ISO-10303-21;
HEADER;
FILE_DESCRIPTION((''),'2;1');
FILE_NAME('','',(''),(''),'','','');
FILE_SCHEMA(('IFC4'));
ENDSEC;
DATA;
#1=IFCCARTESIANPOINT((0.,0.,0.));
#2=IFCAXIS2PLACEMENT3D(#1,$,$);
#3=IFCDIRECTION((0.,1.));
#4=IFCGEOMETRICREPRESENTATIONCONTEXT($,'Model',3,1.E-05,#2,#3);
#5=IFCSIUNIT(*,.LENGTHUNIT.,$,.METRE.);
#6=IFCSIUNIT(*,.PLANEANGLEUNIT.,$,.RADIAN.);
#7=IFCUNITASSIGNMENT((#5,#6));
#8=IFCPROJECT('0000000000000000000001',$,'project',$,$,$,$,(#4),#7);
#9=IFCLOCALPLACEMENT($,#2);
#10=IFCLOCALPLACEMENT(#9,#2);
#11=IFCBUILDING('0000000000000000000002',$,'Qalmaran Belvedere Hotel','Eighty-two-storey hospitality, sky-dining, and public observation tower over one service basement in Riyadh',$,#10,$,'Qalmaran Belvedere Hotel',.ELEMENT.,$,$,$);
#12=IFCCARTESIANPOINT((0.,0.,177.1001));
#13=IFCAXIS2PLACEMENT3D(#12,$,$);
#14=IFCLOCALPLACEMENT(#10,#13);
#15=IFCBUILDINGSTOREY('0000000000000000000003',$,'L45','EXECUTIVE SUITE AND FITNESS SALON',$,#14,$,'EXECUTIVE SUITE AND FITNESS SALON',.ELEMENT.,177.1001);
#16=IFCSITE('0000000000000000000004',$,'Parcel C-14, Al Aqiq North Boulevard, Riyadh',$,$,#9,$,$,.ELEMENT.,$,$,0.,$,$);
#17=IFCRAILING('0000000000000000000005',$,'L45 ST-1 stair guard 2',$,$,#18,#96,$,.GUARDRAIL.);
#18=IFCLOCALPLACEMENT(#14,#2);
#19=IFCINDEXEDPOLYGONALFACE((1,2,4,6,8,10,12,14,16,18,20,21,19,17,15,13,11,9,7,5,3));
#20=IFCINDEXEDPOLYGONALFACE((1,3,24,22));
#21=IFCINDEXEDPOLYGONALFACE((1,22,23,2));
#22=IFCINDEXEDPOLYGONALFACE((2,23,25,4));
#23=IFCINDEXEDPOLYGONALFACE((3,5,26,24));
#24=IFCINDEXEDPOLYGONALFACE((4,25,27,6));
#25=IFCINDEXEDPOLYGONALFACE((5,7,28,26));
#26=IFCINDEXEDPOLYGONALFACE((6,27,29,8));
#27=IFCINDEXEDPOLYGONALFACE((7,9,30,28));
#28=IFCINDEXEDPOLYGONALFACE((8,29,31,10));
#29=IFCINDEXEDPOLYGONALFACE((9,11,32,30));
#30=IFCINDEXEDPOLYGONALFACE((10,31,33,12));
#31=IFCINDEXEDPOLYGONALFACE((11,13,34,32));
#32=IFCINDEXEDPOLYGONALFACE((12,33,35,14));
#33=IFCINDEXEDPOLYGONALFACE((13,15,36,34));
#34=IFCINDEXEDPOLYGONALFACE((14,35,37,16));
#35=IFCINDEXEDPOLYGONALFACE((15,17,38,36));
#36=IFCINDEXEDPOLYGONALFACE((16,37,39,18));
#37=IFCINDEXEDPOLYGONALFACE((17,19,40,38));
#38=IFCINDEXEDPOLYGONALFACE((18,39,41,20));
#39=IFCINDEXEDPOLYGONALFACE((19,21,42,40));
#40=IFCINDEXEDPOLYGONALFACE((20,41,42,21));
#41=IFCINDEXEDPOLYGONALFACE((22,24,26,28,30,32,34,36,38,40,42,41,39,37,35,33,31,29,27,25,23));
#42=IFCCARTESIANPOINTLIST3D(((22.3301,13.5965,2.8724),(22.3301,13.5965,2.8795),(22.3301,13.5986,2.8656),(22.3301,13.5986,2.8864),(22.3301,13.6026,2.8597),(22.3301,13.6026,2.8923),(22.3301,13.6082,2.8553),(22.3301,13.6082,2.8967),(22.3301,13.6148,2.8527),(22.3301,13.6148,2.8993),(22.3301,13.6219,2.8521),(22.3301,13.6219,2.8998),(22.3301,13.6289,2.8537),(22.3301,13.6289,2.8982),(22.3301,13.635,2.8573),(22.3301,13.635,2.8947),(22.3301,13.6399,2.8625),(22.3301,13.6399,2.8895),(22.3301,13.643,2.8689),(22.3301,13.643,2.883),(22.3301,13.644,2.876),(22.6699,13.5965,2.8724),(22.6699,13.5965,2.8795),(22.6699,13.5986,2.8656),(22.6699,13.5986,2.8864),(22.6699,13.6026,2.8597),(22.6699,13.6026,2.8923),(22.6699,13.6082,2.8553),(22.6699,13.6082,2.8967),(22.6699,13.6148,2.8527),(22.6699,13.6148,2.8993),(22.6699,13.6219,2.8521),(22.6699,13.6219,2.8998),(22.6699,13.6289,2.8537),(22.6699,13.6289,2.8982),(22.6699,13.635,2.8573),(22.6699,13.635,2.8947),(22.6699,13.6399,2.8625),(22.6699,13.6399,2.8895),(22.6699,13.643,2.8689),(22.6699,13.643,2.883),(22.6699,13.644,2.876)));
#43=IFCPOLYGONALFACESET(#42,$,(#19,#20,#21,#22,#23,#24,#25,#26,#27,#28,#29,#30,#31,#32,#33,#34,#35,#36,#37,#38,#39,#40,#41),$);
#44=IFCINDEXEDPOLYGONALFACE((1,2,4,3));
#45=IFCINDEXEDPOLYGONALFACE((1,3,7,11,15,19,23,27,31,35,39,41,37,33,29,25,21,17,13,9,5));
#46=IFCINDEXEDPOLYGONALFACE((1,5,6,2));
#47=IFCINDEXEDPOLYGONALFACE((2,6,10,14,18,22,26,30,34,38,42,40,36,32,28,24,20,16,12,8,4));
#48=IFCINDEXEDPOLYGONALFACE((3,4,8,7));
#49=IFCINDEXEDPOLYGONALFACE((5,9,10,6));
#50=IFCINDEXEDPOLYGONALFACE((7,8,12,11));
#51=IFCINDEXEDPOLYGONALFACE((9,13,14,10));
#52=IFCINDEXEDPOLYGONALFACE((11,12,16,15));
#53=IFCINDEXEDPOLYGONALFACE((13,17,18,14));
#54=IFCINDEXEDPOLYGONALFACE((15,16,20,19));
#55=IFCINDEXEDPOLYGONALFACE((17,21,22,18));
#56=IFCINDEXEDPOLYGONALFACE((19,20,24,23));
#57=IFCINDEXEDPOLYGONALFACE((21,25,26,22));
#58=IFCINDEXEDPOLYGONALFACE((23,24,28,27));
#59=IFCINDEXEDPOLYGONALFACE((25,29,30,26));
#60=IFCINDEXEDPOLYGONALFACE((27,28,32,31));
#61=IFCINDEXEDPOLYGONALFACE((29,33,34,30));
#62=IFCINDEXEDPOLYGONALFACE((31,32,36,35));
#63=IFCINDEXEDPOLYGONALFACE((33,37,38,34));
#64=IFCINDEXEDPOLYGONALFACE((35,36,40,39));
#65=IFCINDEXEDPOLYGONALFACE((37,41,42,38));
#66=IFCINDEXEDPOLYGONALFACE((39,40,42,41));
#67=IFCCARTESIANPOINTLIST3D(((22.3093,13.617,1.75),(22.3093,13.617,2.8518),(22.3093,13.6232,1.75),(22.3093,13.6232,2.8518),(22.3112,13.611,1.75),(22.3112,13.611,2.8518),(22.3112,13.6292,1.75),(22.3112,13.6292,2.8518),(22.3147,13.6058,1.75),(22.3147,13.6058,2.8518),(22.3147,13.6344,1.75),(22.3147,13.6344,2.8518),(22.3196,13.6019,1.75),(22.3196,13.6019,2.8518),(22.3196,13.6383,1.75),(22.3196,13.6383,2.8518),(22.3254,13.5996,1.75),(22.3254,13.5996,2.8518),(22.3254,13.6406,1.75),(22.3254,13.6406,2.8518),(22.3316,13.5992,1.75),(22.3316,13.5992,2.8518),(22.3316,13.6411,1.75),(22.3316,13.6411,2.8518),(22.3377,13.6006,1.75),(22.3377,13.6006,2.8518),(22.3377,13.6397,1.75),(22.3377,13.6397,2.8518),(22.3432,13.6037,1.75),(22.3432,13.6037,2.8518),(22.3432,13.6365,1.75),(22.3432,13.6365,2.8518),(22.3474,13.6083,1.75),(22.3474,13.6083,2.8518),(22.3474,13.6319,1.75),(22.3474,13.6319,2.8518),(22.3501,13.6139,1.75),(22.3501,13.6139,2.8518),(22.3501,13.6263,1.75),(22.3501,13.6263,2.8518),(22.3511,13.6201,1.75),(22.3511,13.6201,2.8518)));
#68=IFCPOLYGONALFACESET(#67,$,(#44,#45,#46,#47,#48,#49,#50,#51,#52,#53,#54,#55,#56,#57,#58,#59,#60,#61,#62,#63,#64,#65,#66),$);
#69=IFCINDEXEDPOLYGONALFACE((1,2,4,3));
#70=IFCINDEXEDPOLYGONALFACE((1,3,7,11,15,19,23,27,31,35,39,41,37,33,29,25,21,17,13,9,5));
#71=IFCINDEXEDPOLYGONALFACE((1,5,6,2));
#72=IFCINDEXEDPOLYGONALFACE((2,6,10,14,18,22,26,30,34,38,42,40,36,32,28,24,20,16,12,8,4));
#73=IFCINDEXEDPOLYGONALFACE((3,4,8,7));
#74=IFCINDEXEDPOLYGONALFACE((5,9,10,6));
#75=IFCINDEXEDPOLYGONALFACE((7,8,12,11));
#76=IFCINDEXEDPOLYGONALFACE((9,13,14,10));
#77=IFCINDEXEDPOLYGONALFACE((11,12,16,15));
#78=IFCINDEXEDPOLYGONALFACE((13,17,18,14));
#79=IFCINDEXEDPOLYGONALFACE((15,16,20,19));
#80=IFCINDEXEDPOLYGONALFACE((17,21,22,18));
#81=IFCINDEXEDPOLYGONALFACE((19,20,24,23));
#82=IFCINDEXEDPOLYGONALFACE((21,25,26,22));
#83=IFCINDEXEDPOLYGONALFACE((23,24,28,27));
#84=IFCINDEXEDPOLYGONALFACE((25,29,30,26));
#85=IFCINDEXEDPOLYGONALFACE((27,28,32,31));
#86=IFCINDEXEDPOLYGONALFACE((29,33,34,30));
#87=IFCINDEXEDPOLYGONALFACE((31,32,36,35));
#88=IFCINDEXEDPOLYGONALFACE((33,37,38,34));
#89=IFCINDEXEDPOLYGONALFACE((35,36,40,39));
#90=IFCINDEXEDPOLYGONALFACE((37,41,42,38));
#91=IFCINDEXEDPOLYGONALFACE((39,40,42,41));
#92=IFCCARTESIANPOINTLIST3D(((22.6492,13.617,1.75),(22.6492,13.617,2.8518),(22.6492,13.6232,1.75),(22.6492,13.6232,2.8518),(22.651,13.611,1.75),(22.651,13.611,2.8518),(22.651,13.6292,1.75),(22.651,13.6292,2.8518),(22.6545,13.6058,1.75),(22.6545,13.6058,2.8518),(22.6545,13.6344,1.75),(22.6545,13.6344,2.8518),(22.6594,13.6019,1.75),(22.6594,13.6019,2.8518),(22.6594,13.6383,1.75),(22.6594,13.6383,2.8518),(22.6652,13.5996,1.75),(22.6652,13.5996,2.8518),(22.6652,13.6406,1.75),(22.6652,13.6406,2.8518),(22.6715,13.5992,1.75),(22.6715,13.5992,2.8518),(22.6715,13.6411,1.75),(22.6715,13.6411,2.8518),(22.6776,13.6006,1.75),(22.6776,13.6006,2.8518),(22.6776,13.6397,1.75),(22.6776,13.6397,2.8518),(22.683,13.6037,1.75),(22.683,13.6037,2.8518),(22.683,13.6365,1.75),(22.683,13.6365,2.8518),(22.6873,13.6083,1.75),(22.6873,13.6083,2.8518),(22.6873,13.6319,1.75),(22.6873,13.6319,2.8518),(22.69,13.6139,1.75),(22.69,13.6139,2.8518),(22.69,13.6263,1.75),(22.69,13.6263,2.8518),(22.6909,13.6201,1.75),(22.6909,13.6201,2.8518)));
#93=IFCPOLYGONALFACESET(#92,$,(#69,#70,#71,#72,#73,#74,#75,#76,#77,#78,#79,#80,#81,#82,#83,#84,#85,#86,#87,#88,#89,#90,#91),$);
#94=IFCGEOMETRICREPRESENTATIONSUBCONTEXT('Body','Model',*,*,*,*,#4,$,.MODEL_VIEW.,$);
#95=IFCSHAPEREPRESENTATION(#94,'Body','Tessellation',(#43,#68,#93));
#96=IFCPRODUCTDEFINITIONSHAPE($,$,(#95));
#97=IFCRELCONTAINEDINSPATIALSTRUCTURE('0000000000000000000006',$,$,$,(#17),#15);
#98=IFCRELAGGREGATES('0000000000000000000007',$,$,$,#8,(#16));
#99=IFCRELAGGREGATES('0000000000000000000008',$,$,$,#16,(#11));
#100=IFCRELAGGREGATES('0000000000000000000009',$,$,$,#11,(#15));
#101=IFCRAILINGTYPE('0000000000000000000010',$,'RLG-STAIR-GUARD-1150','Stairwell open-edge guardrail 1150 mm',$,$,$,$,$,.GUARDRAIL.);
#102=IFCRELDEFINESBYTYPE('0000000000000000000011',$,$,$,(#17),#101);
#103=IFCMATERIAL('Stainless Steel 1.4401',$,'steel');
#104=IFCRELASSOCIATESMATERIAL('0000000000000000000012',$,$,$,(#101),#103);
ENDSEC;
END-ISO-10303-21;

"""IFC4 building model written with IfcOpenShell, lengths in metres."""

from ifc_helpers import new_model, si_unit, direction, frame, origin, origin_2d, place, context, subcontext, project, spatial, circle, extrude, material, type_object, element, save


model = new_model("IFC4")

# Units and contexts
model_context = context("Model", 3, precision=1e-05, world=origin(), true_north=direction((0.0, 1.0)))
body_context = subcontext(model_context, "Body", "Model", "MODEL_VIEW")
ifc_project = project(units=[si_unit("LENGTHUNIT", "METRE"), si_unit("PLANEANGLEUNIT", "RADIAN")], contexts=[model_context])

# Site, building, storey
site_placement = place(None, origin())
site = spatial("IfcSite", under=ifc_project, at=site_placement, Name="Parcel C-14, Al Aqiq North Boulevard, Riyadh", CompositionType="ELEMENT", RefElevation=0.0)
building_placement = place(site_placement, origin())
building = spatial("IfcBuilding", under=site, at=building_placement, Name="Qalmaran Belvedere Hotel", Description="Eighty-two-storey hospitality, sky-dining, and public observation tower over one service basement in Riyadh", LongName="Qalmaran Belvedere Hotel", CompositionType="ELEMENT")
storey_placement = place(building_placement, frame((0.0, 0.0, 177.1001)))
storey = spatial("IfcBuildingStorey", under=building, at=storey_placement, Name="L45", Description="EXECUTIVE SUITE AND FITNESS SALON", LongName="EXECUTIVE SUITE AND FITNESS SALON", CompositionType="ELEMENT", Elevation=177.1001)

# Railing
ifc_material_1 = material(Name="Stainless Steel 1.4401", Category="steel")
railing_type_1 = type_object("IfcRailingType", Name="RLG-STAIR-GUARD-1150", Description="Stairwell open-edge guardrail 1150 mm", PredefinedType="GUARDRAIL", material=ifc_material_1)
railing_1_placement = place(storey_placement, frame((22.3301, 13.6201, 1.75)))
element("IfcRailing", 1, at=railing_1_placement, inside=storey, type_object=railing_type_1, Name="L45 ST-1 stair guard 2", PredefinedType="GUARDRAIL", context=body_context, shape_type="SweptSolid", body=[
    extrude(circle(Radius=0.0239, at=origin_2d()), frame((0.0, 0.0, 1.126), z_axis=(1.0, 0.0, 0.0), x_axis=(0.0, 1.0, 0.0)), (0.0, 0.0, 1.0), 0.3398),
    extrude(circle(Radius=0.021, at=origin_2d()), origin(), (0.0, 0.0, 1.0), 1.1018),
    extrude(circle(Radius=0.021, at=origin_2d()), frame((0.3398, 0.0, 0.0)), (0.0, 0.0, 1.0), 1.1018),
])

save(model, "model.ifc")
